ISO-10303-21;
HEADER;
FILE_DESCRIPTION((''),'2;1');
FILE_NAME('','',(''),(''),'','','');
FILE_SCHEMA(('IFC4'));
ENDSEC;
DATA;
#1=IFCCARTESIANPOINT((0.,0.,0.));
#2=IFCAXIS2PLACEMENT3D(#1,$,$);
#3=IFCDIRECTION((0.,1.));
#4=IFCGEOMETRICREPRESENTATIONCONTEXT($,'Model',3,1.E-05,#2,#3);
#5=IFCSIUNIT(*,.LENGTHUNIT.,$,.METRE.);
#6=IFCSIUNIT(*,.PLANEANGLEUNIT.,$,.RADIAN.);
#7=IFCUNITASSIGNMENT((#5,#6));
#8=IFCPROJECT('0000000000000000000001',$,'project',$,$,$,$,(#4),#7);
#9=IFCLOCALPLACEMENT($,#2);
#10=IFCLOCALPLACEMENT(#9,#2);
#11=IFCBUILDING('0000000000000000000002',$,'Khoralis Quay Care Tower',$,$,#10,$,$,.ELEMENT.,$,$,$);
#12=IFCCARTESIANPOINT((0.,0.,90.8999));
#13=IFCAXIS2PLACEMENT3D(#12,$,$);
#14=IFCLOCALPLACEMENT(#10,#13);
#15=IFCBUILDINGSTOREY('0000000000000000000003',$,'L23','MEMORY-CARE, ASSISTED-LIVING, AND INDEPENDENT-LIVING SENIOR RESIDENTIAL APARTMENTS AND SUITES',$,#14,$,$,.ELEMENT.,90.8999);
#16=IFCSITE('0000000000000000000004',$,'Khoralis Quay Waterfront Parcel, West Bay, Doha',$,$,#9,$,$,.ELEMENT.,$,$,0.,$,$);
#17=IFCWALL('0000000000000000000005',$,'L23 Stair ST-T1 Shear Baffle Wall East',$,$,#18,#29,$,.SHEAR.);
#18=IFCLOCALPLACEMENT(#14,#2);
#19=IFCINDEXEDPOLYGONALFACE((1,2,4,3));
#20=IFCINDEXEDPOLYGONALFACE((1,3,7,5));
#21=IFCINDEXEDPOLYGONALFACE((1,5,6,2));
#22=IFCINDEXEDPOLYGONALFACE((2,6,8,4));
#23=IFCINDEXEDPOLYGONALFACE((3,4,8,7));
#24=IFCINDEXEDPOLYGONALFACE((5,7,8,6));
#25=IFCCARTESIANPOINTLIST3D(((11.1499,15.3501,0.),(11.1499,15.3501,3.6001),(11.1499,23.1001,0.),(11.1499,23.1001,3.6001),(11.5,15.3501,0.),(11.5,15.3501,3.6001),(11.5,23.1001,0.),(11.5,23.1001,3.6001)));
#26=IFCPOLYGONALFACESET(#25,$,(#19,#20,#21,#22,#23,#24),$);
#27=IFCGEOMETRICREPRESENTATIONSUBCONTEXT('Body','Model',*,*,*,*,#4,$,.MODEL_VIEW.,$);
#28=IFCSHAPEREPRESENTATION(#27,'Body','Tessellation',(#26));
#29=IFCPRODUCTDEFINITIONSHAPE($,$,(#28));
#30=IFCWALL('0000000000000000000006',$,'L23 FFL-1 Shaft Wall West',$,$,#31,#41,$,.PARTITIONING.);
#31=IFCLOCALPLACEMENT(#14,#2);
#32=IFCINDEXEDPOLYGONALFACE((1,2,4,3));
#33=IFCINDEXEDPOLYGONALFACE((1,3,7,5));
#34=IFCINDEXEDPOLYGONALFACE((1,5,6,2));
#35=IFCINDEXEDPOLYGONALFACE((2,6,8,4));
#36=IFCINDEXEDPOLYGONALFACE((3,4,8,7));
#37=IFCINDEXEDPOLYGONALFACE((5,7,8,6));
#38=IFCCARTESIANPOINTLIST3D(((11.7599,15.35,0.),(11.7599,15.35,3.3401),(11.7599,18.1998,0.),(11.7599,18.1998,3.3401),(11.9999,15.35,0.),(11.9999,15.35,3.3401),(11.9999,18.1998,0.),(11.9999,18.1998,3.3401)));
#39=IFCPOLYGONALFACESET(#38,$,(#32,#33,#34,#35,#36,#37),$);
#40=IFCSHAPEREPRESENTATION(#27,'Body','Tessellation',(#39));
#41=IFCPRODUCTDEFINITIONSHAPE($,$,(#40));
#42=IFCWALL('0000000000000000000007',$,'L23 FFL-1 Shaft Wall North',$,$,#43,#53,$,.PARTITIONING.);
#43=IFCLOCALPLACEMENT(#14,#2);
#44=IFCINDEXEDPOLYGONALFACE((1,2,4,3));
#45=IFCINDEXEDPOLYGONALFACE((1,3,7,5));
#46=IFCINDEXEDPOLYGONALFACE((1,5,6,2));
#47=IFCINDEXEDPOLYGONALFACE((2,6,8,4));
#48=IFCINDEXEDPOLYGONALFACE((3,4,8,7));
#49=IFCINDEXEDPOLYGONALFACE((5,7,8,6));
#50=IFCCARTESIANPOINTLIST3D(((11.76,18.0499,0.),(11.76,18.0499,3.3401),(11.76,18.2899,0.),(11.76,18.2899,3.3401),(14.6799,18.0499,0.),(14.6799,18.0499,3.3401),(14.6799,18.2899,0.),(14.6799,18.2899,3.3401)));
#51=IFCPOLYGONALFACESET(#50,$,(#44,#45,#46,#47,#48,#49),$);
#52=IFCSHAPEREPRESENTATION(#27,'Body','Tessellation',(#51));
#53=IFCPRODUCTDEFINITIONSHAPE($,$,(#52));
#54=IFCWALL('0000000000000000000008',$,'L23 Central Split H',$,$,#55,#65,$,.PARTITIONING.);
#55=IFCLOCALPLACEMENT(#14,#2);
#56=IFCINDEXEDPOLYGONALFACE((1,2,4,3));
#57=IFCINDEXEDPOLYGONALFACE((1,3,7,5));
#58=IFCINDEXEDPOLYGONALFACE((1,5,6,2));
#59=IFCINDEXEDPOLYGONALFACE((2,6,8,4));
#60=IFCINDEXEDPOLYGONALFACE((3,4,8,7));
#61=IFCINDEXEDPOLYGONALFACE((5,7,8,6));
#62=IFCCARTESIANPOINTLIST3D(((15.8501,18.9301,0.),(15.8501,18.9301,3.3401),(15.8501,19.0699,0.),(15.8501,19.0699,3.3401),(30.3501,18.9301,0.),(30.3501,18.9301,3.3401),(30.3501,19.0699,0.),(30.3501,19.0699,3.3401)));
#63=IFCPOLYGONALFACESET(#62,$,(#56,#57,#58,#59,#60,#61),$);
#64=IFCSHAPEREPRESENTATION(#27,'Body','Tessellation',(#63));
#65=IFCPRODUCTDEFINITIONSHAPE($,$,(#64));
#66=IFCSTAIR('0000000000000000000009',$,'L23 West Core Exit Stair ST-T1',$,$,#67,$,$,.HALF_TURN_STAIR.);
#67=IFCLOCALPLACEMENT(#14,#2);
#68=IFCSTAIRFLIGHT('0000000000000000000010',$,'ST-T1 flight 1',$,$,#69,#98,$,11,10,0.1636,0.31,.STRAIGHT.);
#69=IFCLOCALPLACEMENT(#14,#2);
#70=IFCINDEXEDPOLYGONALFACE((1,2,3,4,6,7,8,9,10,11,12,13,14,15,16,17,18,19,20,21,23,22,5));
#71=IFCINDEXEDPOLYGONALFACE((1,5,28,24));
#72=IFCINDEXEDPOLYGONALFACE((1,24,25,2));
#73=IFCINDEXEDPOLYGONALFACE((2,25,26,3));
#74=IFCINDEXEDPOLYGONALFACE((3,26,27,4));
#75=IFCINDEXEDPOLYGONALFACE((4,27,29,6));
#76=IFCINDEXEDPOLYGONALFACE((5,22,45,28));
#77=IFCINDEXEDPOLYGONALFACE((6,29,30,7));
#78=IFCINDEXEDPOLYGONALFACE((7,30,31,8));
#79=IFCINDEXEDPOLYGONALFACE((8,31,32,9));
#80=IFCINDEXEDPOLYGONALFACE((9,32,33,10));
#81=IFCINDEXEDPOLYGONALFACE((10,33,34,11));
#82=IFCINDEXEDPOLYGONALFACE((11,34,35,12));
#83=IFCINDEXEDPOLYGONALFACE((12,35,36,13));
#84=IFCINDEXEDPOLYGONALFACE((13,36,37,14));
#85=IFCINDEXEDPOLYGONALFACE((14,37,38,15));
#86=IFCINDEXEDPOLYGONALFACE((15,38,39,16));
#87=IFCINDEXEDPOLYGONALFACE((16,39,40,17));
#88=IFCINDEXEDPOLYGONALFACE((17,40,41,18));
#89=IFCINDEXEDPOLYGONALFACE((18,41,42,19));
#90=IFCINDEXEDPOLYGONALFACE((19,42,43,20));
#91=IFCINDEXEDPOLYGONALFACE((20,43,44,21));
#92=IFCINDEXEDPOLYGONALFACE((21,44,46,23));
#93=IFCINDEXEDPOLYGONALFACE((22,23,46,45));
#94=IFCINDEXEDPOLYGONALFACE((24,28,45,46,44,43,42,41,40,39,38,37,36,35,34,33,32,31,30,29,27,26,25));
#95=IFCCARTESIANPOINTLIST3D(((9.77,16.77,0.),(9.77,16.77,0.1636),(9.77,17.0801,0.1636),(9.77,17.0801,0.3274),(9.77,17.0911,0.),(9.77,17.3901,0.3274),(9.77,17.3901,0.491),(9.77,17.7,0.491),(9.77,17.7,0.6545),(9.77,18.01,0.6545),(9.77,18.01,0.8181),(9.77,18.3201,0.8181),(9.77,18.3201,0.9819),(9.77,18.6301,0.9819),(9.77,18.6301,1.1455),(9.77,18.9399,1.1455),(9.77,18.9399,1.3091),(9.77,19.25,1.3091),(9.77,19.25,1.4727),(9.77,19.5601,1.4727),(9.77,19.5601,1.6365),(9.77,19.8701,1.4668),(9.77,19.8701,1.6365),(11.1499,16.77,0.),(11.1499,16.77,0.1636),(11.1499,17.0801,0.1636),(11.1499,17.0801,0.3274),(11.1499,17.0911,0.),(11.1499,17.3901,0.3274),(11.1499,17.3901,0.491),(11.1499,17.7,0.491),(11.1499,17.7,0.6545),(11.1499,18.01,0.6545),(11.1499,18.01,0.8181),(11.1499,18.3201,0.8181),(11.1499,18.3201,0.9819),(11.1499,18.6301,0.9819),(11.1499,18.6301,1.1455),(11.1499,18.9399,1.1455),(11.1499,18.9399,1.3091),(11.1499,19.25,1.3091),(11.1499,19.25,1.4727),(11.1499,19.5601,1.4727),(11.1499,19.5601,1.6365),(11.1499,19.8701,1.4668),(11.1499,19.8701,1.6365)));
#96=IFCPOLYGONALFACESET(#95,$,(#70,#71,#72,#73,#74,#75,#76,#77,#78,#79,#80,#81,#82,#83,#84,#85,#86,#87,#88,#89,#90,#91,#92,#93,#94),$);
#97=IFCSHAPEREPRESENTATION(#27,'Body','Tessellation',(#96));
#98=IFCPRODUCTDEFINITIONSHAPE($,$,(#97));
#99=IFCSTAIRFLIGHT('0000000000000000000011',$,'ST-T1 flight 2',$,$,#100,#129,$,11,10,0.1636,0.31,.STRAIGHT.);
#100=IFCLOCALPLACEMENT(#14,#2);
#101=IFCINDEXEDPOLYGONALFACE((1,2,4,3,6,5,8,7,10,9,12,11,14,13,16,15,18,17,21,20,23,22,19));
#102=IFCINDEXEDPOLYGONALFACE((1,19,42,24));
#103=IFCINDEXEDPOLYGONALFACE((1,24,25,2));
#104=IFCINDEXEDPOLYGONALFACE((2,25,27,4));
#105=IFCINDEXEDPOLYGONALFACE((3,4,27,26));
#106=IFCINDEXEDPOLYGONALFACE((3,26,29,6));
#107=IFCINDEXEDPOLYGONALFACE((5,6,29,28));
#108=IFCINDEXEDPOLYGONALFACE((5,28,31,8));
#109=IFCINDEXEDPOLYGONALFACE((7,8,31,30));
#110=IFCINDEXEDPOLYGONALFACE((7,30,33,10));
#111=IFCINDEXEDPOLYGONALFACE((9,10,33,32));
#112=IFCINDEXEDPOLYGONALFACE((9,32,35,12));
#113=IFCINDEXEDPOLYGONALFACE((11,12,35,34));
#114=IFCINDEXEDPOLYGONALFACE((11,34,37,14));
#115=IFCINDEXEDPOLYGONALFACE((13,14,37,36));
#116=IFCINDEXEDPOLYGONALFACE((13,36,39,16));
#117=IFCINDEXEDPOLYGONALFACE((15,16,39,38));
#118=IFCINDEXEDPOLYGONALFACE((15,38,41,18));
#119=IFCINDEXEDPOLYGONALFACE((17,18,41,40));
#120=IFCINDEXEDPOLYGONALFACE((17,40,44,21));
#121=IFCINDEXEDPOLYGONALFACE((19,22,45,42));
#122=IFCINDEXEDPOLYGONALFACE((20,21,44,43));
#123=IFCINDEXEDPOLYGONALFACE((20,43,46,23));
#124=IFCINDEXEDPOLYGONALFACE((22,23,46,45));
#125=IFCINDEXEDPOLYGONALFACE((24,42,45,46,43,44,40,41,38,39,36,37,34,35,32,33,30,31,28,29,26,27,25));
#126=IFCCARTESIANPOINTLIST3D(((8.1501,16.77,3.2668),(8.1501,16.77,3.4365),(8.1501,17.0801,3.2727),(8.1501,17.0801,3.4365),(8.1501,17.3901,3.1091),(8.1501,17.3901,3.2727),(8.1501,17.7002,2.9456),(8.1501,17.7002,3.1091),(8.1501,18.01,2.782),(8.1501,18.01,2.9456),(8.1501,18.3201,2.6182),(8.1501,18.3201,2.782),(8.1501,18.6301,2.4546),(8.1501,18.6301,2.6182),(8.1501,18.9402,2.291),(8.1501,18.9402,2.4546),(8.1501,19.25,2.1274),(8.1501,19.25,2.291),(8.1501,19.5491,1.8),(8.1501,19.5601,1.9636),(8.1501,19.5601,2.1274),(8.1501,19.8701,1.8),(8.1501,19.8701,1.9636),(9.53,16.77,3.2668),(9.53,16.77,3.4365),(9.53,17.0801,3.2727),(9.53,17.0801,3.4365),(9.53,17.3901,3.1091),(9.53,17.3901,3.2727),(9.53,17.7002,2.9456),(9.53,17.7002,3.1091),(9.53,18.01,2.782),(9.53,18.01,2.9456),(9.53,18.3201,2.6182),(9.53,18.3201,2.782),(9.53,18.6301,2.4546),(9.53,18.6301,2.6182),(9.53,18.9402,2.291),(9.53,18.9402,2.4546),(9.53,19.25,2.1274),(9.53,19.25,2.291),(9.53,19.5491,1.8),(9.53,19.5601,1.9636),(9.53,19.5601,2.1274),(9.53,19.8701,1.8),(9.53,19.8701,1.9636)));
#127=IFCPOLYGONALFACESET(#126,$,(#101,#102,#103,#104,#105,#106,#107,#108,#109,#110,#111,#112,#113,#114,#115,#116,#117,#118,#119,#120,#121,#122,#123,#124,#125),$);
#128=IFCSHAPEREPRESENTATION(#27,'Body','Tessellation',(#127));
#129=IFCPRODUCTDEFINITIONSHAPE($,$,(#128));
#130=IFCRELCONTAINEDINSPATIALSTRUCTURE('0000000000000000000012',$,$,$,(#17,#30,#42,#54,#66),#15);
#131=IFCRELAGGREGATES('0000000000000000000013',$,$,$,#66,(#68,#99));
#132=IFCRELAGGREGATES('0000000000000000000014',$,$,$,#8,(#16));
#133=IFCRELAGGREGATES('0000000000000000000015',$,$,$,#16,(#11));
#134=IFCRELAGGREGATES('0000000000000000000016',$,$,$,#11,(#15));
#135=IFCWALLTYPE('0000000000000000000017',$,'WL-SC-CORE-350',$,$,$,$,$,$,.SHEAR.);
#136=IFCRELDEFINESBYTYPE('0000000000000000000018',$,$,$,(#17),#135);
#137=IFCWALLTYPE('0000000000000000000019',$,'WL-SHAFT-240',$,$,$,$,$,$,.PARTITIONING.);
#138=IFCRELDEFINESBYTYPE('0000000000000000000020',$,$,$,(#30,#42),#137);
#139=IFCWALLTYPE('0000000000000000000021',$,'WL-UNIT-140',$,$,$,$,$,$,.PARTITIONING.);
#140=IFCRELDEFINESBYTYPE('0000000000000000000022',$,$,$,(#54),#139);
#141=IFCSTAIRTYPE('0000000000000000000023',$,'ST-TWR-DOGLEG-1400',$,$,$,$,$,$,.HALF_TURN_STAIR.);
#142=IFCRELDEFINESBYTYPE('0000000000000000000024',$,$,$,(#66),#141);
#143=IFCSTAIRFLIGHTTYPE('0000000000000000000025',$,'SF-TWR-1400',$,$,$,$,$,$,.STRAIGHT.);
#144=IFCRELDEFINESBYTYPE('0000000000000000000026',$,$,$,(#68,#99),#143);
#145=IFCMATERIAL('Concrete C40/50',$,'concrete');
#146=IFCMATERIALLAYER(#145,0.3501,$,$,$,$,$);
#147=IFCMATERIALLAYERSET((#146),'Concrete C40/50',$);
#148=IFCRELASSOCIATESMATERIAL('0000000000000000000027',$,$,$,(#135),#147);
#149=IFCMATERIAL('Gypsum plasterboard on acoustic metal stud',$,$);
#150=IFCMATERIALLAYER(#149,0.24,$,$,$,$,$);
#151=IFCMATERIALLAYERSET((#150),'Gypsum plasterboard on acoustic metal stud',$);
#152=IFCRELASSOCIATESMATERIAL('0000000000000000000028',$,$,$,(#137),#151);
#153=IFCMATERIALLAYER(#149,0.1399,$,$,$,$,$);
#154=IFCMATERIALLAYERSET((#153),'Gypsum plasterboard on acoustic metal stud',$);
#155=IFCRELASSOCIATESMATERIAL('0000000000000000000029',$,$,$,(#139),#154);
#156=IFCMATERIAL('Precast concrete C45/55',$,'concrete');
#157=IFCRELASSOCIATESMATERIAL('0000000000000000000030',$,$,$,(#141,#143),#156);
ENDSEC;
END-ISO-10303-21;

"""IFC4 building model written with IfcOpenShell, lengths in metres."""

from ifc_helpers import new_model, si_unit, direction, frame, frame_2d, origin, place, context, subcontext, project, spatial, polyline, rectangle, outline, extrude, source, transform, mapped, material, layer, layer_set, type_object, element, aggregate, save


model = new_model("IFC4")

# Units and contexts
model_context = context("Model", 3, precision=1e-05, world=origin(), true_north=direction((0.0, 1.0)))
body_context = subcontext(model_context, "Body", "Model", "MODEL_VIEW")
ifc_project = project(units=[si_unit("LENGTHUNIT", "METRE"), si_unit("PLANEANGLEUNIT", "RADIAN")], contexts=[model_context])

# Site, building, storey
site_placement = place(None, origin())
site = spatial("IfcSite", under=ifc_project, at=site_placement, Name="Khoralis Quay Waterfront Parcel, West Bay, Doha", CompositionType="ELEMENT", RefElevation=0.0)
building_placement = place(site_placement, origin())
building = spatial("IfcBuilding", under=site, at=building_placement, Name="Khoralis Quay Care Tower", CompositionType="ELEMENT")
storey_placement = place(building_placement, frame((0.0, 0.0, 90.8999)))
storey = spatial("IfcBuildingStorey", under=building, at=storey_placement, Name="L23", Description="MEMORY-CARE, ASSISTED-LIVING, AND INDEPENDENT-LIVING SENIOR RESIDENTIAL APARTMENTS AND SUITES", CompositionType="ELEMENT", Elevation=90.8999)

# Shared definitions
ifc_material_1 = material(Name="Gypsum plasterboard on acoustic metal stud")

# Walls
ifc_material_2 = material(Name="Concrete C40/50", Category="concrete")
ifc_layer_1 = layer(ifc_material_2, 0.3501)
ifc_layer_set_1 = layer_set([ifc_layer_1], Name="Concrete C40/50")
wall_type_1 = type_object("IfcWallType", Name="WL-SC-CORE-350", PredefinedType="SHEAR", material=ifc_layer_set_1)
wall_1_placement = place(storey_placement, frame((11.325, 15.3501, 0.0), z_axis=(0.0, 0.0, 1.0), x_axis=(0.0, 1.0, 0.0)))
element("IfcWall", 1, at=wall_1_placement, inside=storey, type_object=wall_type_1, Name="L23 Stair ST-T1 Shear Baffle Wall East", PredefinedType="SHEAR", context=body_context, shape_type="SweptSolid", body=[
    extrude(rectangle(XDim=7.75, YDim=0.3501, at=frame_2d((3.875, 0.0))), origin(), (0.0, 0.0, 1.0), 3.6001),
])
ifc_layer_2 = layer(ifc_material_1, 0.24)
ifc_layer_set_2 = layer_set([ifc_layer_2], Name="Gypsum plasterboard on acoustic metal stud")
wall_type_2 = type_object("IfcWallType", Name="WL-SHAFT-240", PredefinedType="PARTITIONING", material=ifc_layer_set_2)
wall_2_placement = place(storey_placement, frame((11.8799, 15.3501, 0.0), z_axis=(0.0, 0.0, 1.0), x_axis=(0.0, 1.0, 0.0)))
element("IfcWall", 2, at=wall_2_placement, inside=storey, type_object=wall_type_2, Name="L23 FFL-1 Shaft Wall West", PredefinedType="PARTITIONING", context=body_context, shape_type="SweptSolid", body=[
    extrude(rectangle(XDim=2.8499, YDim=0.24, at=frame_2d((1.4248, 0.0))), origin(), (0.0, 0.0, 1.0), 3.3401),
])
wall_3_placement = place(storey_placement, frame((11.76, 18.1699, 0.0), z_axis=(0.0, 0.0, 1.0), x_axis=(1.0, 0.0, 0.0)))
element("IfcWall", 3, at=wall_3_placement, inside=storey, type_object=wall_type_2, Name="L23 FFL-1 Shaft Wall North", PredefinedType="PARTITIONING", context=body_context, shape_type="SweptSolid", body=[
    extrude(rectangle(XDim=2.9199, YDim=0.24, at=frame_2d((1.46, 0.0))), origin(), (0.0, 0.0, 1.0), 3.3401),
])
ifc_layer_3 = layer(ifc_material_1, 0.1399)
ifc_layer_set_3 = layer_set([ifc_layer_3], Name="Gypsum plasterboard on acoustic metal stud")
wall_type_3 = type_object("IfcWallType", Name="WL-UNIT-140", PredefinedType="PARTITIONING", material=ifc_layer_set_3)
wall_4_placement = place(storey_placement, frame((15.8501, 19.0, 0.0), z_axis=(0.0, 0.0, 1.0), x_axis=(1.0, 0.0, 0.0)))
element("IfcWall", 4, at=wall_4_placement, inside=storey, type_object=wall_type_3, Name="L23 Central Split H", PredefinedType="PARTITIONING", context=body_context, shape_type="SweptSolid", body=[
    extrude(rectangle(XDim=14.5, YDim=0.1399, at=frame_2d((7.25, 0.0))), origin(), (0.0, 0.0, 1.0), 3.3401),
])

# Stair, stair flights
ifc_material_3 = material(Name="Precast concrete C45/55", Category="concrete")
stair_type = type_object("IfcStairType", Name="ST-TWR-DOGLEG-1400", PredefinedType="HALF_TURN_STAIR", material=ifc_material_3)
stair_placement = place(storey_placement, origin())
stair = element("IfcStair", 5, at=stair_placement, inside=storey, type_object=stair_type, Name="L23 West Core Exit Stair ST-T1", PredefinedType="HALF_TURN_STAIR")
stair_flight_type = type_object("IfcStairFlightType", Name="SF-TWR-1400", PredefinedType="STRAIGHT", material=ifc_material_3)
shared_shape_1 = source(origin(), body_context, "Body", "SweptSolid", [
    extrude(outline(polyline([(0.0, 0.0), (0.0, 0.1636), (0.3101, 0.1636), (0.3101, 0.3274), (0.6201, 0.3274), (0.6201, 0.491), (0.9299, 0.491), (0.9299, 0.6545), (1.24, 0.6545), (1.24, 0.8181), (1.55, 0.8181), (1.55, 0.9819), (1.8601, 0.9819), (1.8601, 1.1455), (2.1699, 1.1455), (2.1699, 1.3091), (2.48, 1.3091), (2.48, 1.4727), (2.79, 1.4727), (2.79, 1.6365), (3.1001, 1.6365), (3.1001, 1.8), (3.1001, 1.4668), (0.321, 0.0), (0.0, 0.0)])), frame((0.0, 0.6899, 0.0), z_axis=(0.0, -1.0, 0.0), x_axis=(1.0, 0.0, 0.0)), (0.0, 0.0, 1.0), 1.3799),
])
stair_flight_1_placement = place(storey_placement, frame((10.46, 16.77, 0.0), z_axis=(0.0, 0.0, 1.0), x_axis=(0.0, 1.0, 0.0)))
stair_flight_1 = element("IfcStairFlight", 6, at=stair_flight_1_placement, type_object=stair_flight_type, Name="ST-T1 flight 1", NumberOfRisers=11, NumberOfTreads=10, PredefinedType="STRAIGHT", RiserHeight=0.1636, TreadLength=0.31, context=body_context, shape_type="MappedRepresentation", body=[
    mapped(shared_shape_1, transform((0.0, 0.0, 0.0), scale=1.0)),
])
stair_flight_2_placement = place(storey_placement, frame((8.8401, 19.8701, 1.8), z_axis=(0.0, 0.0, 1.0), x_axis=(0.0, -1.0, 0.0)))
stair_flight_2 = element("IfcStairFlight", 7, at=stair_flight_2_placement, type_object=stair_flight_type, Name="ST-T1 flight 2", NumberOfRisers=11, NumberOfTreads=10, PredefinedType="STRAIGHT", RiserHeight=0.1636, TreadLength=0.31, context=body_context, shape_type="MappedRepresentation", body=[
    mapped(shared_shape_1, transform((0.0, 0.0, 0.0), scale=1.0)),
])
aggregate(stair, [stair_flight_1, stair_flight_2])

save(model, "model.ifc")
